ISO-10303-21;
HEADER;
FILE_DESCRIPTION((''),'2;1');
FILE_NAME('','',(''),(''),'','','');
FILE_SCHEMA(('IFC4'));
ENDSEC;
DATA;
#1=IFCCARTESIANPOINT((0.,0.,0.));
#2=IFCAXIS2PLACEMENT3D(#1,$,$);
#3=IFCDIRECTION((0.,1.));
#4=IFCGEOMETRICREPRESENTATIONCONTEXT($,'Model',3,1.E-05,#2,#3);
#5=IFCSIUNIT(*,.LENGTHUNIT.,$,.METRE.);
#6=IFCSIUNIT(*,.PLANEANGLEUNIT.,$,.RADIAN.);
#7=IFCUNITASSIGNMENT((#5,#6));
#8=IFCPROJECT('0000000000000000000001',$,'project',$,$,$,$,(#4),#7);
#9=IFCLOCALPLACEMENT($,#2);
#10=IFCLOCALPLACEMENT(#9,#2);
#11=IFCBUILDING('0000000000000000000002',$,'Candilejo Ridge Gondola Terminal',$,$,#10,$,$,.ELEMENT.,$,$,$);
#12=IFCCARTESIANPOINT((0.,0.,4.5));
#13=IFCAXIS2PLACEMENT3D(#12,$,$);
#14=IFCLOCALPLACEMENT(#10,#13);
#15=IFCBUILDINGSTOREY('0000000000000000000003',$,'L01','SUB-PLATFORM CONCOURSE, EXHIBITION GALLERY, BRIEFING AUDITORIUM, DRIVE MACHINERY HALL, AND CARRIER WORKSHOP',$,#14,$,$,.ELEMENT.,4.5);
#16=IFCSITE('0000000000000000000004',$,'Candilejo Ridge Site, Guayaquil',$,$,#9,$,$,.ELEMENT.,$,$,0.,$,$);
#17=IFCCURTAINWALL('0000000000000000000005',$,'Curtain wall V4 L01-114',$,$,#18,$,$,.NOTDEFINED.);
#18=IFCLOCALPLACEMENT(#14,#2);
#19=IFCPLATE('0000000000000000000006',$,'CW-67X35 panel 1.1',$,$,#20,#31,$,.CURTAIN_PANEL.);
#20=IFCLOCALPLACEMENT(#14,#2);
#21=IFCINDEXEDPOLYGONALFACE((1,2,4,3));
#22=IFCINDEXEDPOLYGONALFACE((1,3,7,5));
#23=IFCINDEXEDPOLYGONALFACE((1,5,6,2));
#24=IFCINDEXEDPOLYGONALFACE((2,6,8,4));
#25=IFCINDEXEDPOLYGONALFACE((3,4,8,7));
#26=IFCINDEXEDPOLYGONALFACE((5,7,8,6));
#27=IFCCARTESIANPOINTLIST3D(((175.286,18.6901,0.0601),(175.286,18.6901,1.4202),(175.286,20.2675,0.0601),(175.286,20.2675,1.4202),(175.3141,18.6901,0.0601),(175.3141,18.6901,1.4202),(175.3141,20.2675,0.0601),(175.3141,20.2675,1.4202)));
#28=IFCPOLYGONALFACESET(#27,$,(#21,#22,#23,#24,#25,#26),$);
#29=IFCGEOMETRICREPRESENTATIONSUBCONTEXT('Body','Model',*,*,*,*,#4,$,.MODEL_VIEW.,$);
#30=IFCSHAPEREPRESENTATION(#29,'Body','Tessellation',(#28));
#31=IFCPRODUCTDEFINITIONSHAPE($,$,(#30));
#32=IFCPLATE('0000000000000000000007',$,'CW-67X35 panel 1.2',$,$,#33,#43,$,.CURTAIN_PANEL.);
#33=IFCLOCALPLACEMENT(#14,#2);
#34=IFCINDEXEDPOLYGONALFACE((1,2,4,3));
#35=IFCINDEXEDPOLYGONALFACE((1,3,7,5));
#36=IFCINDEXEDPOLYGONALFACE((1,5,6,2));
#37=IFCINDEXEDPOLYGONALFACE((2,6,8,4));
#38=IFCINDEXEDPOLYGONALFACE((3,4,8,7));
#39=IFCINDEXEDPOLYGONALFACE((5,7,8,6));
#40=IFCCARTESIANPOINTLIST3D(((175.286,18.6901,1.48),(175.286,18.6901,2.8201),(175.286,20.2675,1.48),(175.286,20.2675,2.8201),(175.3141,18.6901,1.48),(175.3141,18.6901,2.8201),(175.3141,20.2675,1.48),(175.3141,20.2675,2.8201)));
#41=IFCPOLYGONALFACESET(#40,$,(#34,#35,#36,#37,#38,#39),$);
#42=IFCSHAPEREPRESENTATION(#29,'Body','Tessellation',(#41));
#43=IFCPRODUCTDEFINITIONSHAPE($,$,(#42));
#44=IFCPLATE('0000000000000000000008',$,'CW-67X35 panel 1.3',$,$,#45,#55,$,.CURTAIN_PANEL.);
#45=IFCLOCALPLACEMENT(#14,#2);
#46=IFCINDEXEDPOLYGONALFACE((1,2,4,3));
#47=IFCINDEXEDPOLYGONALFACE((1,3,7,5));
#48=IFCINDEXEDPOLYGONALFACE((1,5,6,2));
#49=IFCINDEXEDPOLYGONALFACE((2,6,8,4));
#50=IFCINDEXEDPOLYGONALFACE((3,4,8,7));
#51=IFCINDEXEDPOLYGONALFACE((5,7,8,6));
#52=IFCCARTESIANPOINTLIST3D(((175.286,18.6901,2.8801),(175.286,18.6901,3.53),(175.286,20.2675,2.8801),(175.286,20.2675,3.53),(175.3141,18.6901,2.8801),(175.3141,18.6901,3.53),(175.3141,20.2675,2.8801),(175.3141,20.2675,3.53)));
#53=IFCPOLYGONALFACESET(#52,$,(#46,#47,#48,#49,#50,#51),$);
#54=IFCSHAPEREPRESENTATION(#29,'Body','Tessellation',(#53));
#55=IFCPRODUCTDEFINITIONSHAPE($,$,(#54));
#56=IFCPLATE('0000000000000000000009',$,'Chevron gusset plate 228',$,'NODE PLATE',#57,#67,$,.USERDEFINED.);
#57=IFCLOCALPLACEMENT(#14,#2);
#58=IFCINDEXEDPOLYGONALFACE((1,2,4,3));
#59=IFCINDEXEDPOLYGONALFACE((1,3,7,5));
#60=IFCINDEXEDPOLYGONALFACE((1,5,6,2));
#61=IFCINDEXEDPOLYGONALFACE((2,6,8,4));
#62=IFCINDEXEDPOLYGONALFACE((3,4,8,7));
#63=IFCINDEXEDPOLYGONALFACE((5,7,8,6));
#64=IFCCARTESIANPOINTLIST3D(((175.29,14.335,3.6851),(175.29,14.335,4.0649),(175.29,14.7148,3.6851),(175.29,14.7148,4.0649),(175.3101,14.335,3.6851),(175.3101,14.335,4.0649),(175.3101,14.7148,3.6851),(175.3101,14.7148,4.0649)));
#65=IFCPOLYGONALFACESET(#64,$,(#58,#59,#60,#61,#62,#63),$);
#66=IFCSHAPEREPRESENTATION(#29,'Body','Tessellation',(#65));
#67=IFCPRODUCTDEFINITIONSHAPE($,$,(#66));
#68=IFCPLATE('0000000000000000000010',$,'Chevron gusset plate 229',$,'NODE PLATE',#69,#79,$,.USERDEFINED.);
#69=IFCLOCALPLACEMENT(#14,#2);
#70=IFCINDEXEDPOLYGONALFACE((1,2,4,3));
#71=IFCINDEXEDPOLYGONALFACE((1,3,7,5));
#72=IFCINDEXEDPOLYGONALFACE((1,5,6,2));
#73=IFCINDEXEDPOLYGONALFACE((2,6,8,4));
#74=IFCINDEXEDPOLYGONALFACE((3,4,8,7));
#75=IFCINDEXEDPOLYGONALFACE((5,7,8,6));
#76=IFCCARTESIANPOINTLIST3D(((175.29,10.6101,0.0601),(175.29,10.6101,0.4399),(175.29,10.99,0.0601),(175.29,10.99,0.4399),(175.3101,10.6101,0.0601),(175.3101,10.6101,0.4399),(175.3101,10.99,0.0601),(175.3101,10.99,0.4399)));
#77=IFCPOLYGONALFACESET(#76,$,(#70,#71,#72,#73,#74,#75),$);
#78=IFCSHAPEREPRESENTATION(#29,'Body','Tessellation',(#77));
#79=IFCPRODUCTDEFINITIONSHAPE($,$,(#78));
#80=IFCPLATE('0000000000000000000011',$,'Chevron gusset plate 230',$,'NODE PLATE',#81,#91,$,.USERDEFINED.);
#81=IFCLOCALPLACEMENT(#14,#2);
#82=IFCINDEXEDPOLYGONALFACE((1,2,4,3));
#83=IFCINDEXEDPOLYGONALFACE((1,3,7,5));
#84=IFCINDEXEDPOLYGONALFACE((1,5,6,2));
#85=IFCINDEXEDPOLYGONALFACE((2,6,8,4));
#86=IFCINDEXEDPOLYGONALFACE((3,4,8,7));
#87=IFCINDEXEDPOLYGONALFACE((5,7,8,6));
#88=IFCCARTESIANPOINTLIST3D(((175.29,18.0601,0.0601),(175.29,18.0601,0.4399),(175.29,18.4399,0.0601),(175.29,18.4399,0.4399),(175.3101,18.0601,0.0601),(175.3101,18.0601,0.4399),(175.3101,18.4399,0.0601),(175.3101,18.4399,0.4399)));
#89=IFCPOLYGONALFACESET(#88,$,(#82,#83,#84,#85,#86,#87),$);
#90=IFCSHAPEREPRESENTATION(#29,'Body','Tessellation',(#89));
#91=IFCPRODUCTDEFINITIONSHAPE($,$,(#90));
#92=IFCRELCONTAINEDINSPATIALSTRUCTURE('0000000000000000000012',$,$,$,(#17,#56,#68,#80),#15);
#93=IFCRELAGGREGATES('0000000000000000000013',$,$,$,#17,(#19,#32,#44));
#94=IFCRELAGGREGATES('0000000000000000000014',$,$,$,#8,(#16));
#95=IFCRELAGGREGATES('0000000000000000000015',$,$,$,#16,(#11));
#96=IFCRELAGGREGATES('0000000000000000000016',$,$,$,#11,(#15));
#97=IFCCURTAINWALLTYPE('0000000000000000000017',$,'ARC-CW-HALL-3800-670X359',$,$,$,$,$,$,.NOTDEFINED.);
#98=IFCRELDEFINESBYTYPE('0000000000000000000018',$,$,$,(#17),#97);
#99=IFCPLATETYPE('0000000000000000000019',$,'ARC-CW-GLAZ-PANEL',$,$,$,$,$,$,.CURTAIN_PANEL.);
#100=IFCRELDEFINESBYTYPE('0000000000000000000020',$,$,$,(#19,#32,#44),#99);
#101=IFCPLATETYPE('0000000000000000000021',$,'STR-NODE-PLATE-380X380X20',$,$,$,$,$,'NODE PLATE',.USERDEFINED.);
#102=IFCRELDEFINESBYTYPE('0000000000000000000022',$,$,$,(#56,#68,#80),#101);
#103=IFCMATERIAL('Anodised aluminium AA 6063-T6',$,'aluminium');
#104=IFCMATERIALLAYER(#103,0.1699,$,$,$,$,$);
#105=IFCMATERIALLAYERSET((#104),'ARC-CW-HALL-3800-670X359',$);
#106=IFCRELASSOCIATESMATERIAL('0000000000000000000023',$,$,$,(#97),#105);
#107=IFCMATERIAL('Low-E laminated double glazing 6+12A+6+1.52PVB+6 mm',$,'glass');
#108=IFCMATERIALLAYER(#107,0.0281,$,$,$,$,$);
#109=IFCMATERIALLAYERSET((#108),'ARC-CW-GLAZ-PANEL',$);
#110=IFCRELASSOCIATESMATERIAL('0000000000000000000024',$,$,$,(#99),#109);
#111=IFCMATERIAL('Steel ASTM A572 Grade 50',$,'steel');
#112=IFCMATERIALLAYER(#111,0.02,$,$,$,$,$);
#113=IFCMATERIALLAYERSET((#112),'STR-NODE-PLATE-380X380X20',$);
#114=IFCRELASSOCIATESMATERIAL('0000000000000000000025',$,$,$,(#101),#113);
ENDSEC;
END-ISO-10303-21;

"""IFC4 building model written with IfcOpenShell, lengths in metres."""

from ifc_helpers import new_model, si_unit, direction, frame, origin, origin_2d, place, context, subcontext, project, spatial, rectangle, extrude, material, layer, layer_set, type_object, element, aggregate, save


model = new_model("IFC4")

# Units and contexts
model_context = context("Model", 3, precision=1e-05, world=origin(), true_north=direction((0.0, 1.0)))
body_context = subcontext(model_context, "Body", "Model", "MODEL_VIEW")
ifc_project = project(units=[si_unit("LENGTHUNIT", "METRE"), si_unit("PLANEANGLEUNIT", "RADIAN")], contexts=[model_context])

# Site, building, storey
site_placement = place(None, origin())
site = spatial("IfcSite", under=ifc_project, at=site_placement, Name="Candilejo Ridge Site, Guayaquil", CompositionType="ELEMENT", RefElevation=0.0)
building_placement = place(site_placement, origin())
building = spatial("IfcBuilding", under=site, at=building_placement, Name="Candilejo Ridge Gondola Terminal", CompositionType="ELEMENT")
storey_placement = place(building_placement, frame((0.0, 0.0, 4.5)))
storey = spatial("IfcBuildingStorey", under=building, at=storey_placement, Name="L01", Description="SUB-PLATFORM CONCOURSE, EXHIBITION GALLERY, BRIEFING AUDITORIUM, DRIVE MACHINERY HALL, AND CARRIER WORKSHOP", CompositionType="ELEMENT", Elevation=4.5)

# Curtain wall
ifc_material_1 = material(Name="Anodised aluminium AA 6063-T6", Category="aluminium")
ifc_layer_1 = layer(ifc_material_1, 0.1699)
ifc_layer_set_1 = layer_set([ifc_layer_1], Name="ARC-CW-HALL-3800-670X359")
curtain_wall_type = type_object("IfcCurtainWallType", Name="ARC-CW-HALL-3800-670X359", PredefinedType="NOTDEFINED", material=ifc_layer_set_1)
curtain_wall_placement = place(storey_placement, origin())
curtain_wall = element("IfcCurtainWall", 1, at=curtain_wall_placement, inside=storey, type_object=curtain_wall_type, Name="Curtain wall V4 L01-114", PredefinedType="NOTDEFINED")

# Plates
ifc_material_2 = material(Name="Low-E laminated double glazing 6+12A+6+1.52PVB+6 mm", Category="glass")
ifc_layer_2 = layer(ifc_material_2, 0.0281)
ifc_layer_set_2 = layer_set([ifc_layer_2], Name="ARC-CW-GLAZ-PANEL")
plate_type_1 = type_object("IfcPlateType", Name="ARC-CW-GLAZ-PANEL", PredefinedType="CURTAIN_PANEL", material=ifc_layer_set_2)
plate_1_placement = place(storey_placement, frame((175.3, 19.4788, 0.0601), z_axis=(0.0, 0.0, 1.0), x_axis=(0.0, 1.0, 0.0)))
plate_1 = element("IfcPlate", 2, at=plate_1_placement, type_object=plate_type_1, Name="CW-67X35 panel 1.1", PredefinedType="CURTAIN_PANEL", context=body_context, shape_type="SweptSolid", body=[
    extrude(rectangle(XDim=1.5774, YDim=0.0281, at=origin_2d()), origin(), (0.0, 0.0, 1.0), 1.3601),
])
plate_2_placement = place(storey_placement, frame((175.3, 19.4788, 1.48), z_axis=(0.0, 0.0, 1.0), x_axis=(0.0, 1.0, 0.0)))
plate_2 = element("IfcPlate", 3, at=plate_2_placement, type_object=plate_type_1, Name="CW-67X35 panel 1.2", PredefinedType="CURTAIN_PANEL", context=body_context, shape_type="SweptSolid", body=[
    extrude(rectangle(XDim=1.5774, YDim=0.0281, at=origin_2d()), origin(), (0.0, 0.0, 1.0), 1.3401),
])
plate_3_placement = place(storey_placement, frame((175.3, 19.4788, 2.8801), z_axis=(0.0, 0.0, 1.0), x_axis=(0.0, 1.0, 0.0)))
plate_3 = element("IfcPlate", 4, at=plate_3_placement, type_object=plate_type_1, Name="CW-67X35 panel 1.3", PredefinedType="CURTAIN_PANEL", context=body_context, shape_type="SweptSolid", body=[
    extrude(rectangle(XDim=1.5774, YDim=0.0281, at=origin_2d()), origin(), (0.0, 0.0, 1.0), 0.6499),
])
aggregate(curtain_wall, [plate_1, plate_2, plate_3])

# Plates
ifc_material_3 = material(Name="Steel ASTM A572 Grade 50", Category="steel")
ifc_layer_3 = layer(ifc_material_3, 0.02)
ifc_layer_set_3 = layer_set([ifc_layer_3], Name="STR-NODE-PLATE-380X380X20")
plate_type_2 = type_object("IfcPlateType", Name="STR-NODE-PLATE-380X380X20", ElementType="NODE PLATE", PredefinedType="USERDEFINED", material=ifc_layer_set_3)
for number, where, z_axis, x_axis, name in (
    (5, (175.3, 14.5249, 3.6851), (0.0, 0.0, 1.0), (1.0, 0.0, 0.0), "Chevron gusset plate 228"),
    (6, (175.3, 10.8, 0.0601), (0.0, 0.0, 1.0), (1.0, 0.0, 0.0), "Chevron gusset plate 229"),
    (7, (175.3, 18.25, 0.0601), (0.0, 0.0, 1.0), (1.0, 0.0, 0.0), "Chevron gusset plate 230"),
):
    element("IfcPlate", number, at=place(storey_placement, frame(where, z_axis=z_axis, x_axis=x_axis)), inside=storey, type_object=plate_type_2, Name=name, ObjectType="NODE PLATE", PredefinedType="USERDEFINED", context=body_context, shape_type="SweptSolid", body=[
        extrude(rectangle(XDim=0.02, YDim=0.3799, at=origin_2d()), origin(), (0.0, 0.0, 1.0), 0.3799),
    ])

save(model, "model.ifc")
